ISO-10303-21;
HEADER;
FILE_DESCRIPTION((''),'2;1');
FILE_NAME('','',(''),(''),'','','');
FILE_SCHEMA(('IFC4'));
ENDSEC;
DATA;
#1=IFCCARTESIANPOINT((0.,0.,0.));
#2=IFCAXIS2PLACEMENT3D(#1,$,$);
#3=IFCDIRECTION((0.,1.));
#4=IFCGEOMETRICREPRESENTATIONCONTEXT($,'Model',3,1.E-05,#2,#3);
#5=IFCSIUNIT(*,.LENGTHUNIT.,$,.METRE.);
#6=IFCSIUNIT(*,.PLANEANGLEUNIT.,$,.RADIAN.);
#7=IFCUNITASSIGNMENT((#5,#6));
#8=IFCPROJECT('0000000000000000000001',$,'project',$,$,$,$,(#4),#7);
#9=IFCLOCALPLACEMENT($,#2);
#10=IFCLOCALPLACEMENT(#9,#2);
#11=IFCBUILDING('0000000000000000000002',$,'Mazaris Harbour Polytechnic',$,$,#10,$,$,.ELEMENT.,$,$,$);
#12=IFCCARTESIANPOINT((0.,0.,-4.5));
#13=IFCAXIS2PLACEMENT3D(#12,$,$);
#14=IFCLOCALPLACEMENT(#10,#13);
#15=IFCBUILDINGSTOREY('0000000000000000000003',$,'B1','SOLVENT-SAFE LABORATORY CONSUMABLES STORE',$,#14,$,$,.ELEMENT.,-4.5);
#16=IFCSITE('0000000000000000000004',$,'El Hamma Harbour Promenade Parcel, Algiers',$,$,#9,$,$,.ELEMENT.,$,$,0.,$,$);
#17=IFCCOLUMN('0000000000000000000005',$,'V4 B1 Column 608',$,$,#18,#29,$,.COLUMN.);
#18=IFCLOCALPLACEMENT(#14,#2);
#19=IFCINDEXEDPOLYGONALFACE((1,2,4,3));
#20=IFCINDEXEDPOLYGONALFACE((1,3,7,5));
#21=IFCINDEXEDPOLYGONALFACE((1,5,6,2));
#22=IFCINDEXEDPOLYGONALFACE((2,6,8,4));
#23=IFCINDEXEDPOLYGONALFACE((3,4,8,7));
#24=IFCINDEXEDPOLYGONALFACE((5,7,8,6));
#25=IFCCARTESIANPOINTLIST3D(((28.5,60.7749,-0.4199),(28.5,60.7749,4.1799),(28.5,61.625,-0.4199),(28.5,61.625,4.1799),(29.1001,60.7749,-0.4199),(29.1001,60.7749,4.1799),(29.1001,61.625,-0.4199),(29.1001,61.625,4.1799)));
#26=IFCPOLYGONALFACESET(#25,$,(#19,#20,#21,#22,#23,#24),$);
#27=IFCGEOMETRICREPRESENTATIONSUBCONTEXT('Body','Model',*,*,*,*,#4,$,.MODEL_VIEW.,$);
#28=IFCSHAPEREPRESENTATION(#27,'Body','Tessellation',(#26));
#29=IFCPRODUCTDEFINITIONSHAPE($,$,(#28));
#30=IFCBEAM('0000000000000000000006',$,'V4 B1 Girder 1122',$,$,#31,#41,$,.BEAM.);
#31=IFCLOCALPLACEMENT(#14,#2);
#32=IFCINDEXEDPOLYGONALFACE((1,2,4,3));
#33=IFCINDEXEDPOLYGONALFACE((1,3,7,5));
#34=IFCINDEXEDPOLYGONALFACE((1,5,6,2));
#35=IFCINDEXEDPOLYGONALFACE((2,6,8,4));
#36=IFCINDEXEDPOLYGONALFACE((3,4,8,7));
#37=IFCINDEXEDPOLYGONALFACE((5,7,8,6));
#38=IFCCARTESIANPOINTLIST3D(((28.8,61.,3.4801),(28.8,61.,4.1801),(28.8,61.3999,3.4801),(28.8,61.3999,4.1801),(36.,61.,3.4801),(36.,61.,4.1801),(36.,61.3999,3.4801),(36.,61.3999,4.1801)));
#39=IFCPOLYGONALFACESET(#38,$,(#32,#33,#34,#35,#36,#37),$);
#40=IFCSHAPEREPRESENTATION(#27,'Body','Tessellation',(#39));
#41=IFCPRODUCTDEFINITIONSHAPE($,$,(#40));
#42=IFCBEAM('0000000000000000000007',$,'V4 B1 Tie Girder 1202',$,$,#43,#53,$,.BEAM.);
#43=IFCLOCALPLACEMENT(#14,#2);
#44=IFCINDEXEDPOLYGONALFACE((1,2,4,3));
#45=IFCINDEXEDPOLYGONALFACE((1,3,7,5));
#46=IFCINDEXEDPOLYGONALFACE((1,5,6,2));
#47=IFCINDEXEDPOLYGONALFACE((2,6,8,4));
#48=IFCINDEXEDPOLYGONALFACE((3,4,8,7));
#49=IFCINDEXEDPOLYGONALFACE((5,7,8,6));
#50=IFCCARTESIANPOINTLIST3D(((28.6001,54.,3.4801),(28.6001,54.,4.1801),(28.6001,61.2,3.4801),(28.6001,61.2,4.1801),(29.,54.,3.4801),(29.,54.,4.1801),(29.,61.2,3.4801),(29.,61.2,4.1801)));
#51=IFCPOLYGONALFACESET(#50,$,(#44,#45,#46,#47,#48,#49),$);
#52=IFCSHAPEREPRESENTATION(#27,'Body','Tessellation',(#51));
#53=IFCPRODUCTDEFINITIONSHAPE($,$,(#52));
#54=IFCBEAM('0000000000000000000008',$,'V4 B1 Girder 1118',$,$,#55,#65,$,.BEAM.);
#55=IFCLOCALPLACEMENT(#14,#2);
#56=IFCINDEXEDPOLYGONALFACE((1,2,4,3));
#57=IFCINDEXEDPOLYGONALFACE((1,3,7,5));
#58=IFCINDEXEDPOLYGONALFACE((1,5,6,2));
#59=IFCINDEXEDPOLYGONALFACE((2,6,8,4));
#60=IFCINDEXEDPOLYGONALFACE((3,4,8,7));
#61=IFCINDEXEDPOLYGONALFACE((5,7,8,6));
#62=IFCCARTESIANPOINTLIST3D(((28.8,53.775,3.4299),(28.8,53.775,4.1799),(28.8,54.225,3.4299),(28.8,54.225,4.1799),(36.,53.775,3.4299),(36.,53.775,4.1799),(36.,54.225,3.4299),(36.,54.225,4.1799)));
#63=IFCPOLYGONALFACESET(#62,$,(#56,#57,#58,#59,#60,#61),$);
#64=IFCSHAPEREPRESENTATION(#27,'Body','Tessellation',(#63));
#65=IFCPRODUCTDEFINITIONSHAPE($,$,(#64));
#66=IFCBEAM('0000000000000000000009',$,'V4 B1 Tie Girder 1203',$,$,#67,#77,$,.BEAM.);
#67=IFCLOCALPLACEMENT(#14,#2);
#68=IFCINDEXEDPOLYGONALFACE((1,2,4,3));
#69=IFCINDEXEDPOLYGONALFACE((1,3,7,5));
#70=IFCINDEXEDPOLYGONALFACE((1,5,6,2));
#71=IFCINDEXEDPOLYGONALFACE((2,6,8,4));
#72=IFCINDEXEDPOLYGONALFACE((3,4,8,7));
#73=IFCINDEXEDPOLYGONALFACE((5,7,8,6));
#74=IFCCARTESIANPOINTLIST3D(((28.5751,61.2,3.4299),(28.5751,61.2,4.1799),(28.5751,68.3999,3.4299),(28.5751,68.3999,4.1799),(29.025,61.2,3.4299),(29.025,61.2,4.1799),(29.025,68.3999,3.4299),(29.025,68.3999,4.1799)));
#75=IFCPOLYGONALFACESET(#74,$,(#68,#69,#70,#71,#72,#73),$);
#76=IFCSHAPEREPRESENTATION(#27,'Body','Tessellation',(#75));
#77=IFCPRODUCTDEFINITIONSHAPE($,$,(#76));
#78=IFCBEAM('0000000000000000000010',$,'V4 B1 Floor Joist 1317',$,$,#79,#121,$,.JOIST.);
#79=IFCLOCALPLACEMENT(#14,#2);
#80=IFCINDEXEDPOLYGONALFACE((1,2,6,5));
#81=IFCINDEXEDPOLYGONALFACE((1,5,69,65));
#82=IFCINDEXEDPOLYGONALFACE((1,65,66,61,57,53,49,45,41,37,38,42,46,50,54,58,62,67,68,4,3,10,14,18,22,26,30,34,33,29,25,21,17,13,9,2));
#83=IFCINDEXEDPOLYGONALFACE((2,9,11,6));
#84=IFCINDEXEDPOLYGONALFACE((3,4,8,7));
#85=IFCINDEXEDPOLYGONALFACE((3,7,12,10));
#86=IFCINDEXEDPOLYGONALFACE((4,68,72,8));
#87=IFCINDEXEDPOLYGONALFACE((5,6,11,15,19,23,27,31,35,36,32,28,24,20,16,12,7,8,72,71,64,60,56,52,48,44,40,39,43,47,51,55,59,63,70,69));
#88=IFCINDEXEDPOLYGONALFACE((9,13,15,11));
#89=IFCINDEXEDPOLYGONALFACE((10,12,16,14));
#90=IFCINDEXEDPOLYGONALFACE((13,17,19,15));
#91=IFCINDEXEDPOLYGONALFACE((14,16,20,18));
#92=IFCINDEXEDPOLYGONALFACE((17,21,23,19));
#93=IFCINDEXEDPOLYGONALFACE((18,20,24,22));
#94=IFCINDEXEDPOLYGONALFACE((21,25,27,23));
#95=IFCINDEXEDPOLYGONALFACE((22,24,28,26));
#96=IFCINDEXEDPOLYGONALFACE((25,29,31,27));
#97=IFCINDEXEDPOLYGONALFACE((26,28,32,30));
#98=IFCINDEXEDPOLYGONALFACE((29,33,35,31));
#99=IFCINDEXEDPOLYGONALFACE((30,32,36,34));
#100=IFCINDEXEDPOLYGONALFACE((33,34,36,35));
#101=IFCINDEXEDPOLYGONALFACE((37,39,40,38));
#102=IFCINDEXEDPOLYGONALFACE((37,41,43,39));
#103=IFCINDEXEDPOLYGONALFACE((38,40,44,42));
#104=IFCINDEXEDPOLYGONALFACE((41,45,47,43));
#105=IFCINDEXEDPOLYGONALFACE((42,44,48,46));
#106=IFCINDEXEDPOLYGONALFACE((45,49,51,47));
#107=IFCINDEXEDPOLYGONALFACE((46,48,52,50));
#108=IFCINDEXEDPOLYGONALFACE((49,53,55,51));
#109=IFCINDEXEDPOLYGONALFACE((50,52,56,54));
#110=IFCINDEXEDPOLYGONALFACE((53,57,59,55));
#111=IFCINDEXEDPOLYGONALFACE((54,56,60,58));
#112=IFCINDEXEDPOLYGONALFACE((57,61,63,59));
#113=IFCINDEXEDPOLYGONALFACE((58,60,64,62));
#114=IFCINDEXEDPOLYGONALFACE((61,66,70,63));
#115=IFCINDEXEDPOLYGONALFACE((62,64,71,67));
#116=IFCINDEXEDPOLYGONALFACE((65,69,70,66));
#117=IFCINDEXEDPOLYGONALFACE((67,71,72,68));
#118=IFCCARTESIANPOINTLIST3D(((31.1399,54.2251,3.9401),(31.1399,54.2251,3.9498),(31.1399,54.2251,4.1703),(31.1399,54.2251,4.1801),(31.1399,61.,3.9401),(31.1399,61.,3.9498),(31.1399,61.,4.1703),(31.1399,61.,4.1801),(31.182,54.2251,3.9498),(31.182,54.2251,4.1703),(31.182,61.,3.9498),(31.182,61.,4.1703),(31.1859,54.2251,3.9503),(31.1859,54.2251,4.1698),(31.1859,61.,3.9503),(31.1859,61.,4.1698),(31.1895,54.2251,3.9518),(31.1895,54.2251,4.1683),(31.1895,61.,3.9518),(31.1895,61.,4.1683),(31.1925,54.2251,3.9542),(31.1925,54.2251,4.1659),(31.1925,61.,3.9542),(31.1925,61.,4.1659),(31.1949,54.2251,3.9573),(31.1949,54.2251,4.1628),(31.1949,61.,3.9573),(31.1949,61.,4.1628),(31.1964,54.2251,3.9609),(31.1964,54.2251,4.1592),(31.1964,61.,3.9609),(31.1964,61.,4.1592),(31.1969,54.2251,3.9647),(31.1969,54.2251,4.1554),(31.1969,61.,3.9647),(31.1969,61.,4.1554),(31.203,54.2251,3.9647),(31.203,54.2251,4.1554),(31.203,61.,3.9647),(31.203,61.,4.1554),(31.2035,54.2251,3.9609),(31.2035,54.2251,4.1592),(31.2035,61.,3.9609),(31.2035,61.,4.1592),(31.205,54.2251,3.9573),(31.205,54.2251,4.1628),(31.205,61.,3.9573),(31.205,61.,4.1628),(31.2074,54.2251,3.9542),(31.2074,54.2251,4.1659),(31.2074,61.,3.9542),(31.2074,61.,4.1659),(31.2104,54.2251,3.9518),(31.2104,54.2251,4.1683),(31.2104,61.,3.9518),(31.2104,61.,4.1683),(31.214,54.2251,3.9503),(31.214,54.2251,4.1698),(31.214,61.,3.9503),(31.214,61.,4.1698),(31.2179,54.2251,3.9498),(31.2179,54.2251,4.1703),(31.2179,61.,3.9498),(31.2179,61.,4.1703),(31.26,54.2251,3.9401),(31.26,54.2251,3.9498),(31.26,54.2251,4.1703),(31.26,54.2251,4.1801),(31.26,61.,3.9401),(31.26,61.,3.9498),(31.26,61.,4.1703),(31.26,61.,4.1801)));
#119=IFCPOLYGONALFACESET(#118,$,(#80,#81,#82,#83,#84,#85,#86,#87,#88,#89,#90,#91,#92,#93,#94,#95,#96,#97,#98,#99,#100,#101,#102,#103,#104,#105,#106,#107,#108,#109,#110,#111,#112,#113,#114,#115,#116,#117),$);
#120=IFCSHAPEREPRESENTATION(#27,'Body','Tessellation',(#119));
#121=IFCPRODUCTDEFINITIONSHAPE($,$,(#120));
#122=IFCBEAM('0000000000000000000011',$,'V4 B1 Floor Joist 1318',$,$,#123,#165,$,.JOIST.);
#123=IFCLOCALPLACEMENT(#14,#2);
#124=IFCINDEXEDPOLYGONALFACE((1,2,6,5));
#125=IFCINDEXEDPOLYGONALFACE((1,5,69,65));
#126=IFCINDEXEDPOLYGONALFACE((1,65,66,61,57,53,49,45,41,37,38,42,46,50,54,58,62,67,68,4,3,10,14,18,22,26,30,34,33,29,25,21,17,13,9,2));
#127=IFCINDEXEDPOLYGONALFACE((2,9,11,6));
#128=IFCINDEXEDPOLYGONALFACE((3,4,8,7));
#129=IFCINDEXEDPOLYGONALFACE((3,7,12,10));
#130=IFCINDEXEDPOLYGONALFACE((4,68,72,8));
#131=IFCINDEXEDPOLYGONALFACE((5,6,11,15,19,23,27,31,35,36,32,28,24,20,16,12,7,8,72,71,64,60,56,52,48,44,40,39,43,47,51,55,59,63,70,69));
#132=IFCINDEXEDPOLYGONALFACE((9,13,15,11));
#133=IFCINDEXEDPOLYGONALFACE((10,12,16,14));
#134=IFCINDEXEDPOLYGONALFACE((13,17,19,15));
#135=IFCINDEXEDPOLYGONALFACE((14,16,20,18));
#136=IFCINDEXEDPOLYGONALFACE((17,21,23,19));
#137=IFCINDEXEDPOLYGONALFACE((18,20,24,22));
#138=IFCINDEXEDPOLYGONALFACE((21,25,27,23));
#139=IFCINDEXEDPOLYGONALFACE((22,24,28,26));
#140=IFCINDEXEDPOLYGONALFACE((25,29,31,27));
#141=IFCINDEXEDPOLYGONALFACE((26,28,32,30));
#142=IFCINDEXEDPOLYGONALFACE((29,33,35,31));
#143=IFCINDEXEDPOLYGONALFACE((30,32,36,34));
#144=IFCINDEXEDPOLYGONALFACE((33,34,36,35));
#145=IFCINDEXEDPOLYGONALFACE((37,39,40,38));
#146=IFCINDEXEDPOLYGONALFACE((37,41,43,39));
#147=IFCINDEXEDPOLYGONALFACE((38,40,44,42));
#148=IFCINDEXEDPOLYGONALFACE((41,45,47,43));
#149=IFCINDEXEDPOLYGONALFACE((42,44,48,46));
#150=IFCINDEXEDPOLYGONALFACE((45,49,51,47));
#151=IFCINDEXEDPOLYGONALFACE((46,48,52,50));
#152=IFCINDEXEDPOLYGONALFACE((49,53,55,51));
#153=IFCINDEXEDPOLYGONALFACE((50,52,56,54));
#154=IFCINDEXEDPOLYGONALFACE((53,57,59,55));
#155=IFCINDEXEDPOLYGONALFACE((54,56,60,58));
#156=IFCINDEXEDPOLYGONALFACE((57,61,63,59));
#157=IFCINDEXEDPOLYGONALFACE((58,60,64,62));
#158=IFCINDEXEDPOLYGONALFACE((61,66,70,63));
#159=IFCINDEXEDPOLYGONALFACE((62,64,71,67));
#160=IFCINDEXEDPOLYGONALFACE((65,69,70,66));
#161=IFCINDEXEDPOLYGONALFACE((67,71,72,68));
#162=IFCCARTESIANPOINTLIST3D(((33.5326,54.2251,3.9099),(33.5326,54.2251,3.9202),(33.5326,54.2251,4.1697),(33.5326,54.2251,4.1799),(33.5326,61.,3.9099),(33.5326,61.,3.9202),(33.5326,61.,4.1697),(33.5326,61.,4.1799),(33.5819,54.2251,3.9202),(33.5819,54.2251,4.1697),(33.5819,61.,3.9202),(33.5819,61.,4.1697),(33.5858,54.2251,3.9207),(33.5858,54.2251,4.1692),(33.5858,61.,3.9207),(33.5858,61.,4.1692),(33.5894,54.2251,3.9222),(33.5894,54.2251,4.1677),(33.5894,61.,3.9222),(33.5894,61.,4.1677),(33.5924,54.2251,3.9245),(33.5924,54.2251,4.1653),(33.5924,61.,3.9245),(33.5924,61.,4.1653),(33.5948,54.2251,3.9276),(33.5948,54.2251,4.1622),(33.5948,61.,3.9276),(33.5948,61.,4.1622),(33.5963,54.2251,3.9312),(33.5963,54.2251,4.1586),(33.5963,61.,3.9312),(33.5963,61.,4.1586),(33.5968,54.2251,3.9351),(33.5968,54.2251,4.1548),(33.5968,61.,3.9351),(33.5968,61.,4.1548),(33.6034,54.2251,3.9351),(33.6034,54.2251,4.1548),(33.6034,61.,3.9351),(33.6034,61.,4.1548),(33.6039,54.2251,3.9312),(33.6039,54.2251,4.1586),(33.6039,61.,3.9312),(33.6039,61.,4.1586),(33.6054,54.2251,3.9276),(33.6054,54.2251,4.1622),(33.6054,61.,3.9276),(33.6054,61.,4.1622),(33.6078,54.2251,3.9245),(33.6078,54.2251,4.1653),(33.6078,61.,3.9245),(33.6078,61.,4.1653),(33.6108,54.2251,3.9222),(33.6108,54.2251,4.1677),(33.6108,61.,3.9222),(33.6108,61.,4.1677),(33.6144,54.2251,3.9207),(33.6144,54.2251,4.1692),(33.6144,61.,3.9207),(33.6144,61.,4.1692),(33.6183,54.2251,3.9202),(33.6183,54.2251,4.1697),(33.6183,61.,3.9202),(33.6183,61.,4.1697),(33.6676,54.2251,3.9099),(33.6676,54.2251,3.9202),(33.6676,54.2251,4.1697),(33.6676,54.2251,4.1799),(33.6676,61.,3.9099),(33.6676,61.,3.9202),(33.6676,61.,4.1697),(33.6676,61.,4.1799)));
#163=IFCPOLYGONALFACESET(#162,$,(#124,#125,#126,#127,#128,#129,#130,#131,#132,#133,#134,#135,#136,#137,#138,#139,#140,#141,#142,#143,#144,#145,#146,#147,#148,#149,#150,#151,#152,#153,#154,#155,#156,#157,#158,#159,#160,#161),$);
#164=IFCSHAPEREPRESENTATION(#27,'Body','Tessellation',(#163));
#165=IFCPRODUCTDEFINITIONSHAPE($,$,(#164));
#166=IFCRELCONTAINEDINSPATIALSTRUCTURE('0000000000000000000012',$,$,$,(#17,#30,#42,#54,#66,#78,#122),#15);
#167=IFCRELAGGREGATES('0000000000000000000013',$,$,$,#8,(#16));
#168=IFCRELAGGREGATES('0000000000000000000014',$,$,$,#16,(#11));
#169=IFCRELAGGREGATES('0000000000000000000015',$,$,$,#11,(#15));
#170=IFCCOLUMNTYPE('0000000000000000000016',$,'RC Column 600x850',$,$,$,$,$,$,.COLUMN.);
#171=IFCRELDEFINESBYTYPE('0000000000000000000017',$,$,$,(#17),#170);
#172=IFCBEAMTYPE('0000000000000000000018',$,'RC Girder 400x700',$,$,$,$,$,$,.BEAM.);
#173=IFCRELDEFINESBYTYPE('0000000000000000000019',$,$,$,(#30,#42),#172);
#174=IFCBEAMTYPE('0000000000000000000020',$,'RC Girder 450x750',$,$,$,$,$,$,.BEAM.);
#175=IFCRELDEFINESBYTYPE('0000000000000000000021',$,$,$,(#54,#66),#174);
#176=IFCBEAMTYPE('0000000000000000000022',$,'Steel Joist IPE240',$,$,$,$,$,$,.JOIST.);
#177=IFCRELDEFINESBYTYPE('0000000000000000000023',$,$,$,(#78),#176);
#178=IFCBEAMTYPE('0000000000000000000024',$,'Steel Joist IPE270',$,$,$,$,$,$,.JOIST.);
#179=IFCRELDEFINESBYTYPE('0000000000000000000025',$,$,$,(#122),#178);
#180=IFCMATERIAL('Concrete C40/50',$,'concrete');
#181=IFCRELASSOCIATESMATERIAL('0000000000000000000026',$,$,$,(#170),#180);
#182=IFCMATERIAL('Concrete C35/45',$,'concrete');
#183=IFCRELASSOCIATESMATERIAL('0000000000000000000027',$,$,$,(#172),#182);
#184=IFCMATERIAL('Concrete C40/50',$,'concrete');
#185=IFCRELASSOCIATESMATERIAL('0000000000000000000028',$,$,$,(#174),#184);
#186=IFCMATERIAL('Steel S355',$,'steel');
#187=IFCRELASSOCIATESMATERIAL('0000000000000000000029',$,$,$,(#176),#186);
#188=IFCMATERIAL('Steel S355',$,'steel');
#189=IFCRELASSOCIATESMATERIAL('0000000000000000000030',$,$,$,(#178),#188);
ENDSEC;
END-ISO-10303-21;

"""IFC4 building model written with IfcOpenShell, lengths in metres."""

from ifc_helpers import new_model, si_unit, direction, frame, origin, origin_2d, place, context, subcontext, project, spatial, rectangle, i_section, extrude, material, material_profile, profile_set, type_object, element, save


model = new_model("IFC4")

# Units and contexts
model_context = context("Model", 3, precision=1e-05, world=origin(), true_north=direction((0.0, 1.0)))
body_context = subcontext(model_context, "Body", "Model", "MODEL_VIEW")
ifc_project = project(units=[si_unit("LENGTHUNIT", "METRE"), si_unit("PLANEANGLEUNIT", "RADIAN")], contexts=[model_context])

# Site, building, storey
site_placement = place(None, origin())
site = spatial("IfcSite", under=ifc_project, at=site_placement, Name="El Hamma Harbour Promenade Parcel, Algiers", CompositionType="ELEMENT", RefElevation=0.0)
building_placement = place(site_placement, origin())
building = spatial("IfcBuilding", under=site, at=building_placement, Name="Mazaris Harbour Polytechnic", CompositionType="ELEMENT")
storey_placement = place(building_placement, frame((0.0, 0.0, -4.5)))
storey = spatial("IfcBuildingStorey", under=building, at=storey_placement, Name="B1", Description="SOLVENT-SAFE LABORATORY CONSUMABLES STORE", CompositionType="ELEMENT", Elevation=-4.5)

# Column
ifc_material_1 = material(Name="Concrete C40/50", Category="concrete")
ifc_material_profile_1 = material_profile(ifc_material_1, rectangle(XDim=0.6001, YDim=0.8501, at=origin_2d()), Name="RECT600x850")
ifc_profile_set_1 = profile_set([ifc_material_profile_1], Name="Concrete C40/50")
column_type_1 = type_object("IfcColumnType", Name="RC Column 600x850", PredefinedType="COLUMN", material=ifc_profile_set_1)
column_1_placement = place(storey_placement, frame((28.8, 61.2, -0.4199), z_axis=(0.0, 0.0, 1.0), x_axis=(1.0, 0.0, 0.0)))
element("IfcColumn", 1, at=column_1_placement, inside=storey, type_object=column_type_1, Name="V4 B1 Column 608", PredefinedType="COLUMN", context=body_context, shape_type="SweptSolid", body=[
    extrude(rectangle(XDim=0.6001, YDim=0.8501, at=origin_2d()), origin(), (0.0, 0.0, 1.0), 4.5999),
])

# Beams
ifc_material_2 = material(Name="Concrete C35/45", Category="concrete")
ifc_material_profile_2 = material_profile(ifc_material_2, rectangle(XDim=0.3999, YDim=0.7, at=origin_2d()), Name="RECT400x700")
ifc_profile_set_2 = profile_set([ifc_material_profile_2], Name="Concrete C35/45")
beam_type_1 = type_object("IfcBeamType", Name="RC Girder 400x700", PredefinedType="BEAM", material=ifc_profile_set_2)
for number, where, z_axis, x_axis, name in (
    (2, (28.8, 61.2, 3.8301), (1.0, 0.0, 0.0), (0.0, 1.0, 0.0), "V4 B1 Girder 1122"),
    (3, (28.8, 54.0, 3.8301), (0.0, 1.0, 0.0), (-1.0, 0.0, 0.0), "V4 B1 Tie Girder 1202"),
):
    element("IfcBeam", number, at=place(storey_placement, frame(where, z_axis=z_axis, x_axis=x_axis)), inside=storey, type_object=beam_type_1, Name=name, PredefinedType="BEAM", context=body_context, shape_type="SweptSolid", body=[
        extrude(rectangle(XDim=0.3999, YDim=0.7, at=origin_2d()), origin(), (0.0, 0.0, 1.0), 7.2),
    ])
ifc_material_3 = material(Name="Concrete C40/50", Category="concrete")
ifc_material_profile_3 = material_profile(ifc_material_3, rectangle(XDim=0.45, YDim=0.75, at=origin_2d()), Name="RECT450x750")
ifc_profile_set_3 = profile_set([ifc_material_profile_3], Name="Concrete C40/50")
beam_type_2 = type_object("IfcBeamType", Name="RC Girder 450x750", PredefinedType="BEAM", material=ifc_profile_set_3)
for number, where, z_axis, x_axis, name in (
    (4, (28.8, 54.0, 3.8049), (1.0, 0.0, 0.0), (0.0, 1.0, 0.0), "V4 B1 Girder 1118"),
    (5, (28.8, 61.2, 3.8049), (0.0, 1.0, 0.0), (-1.0, 0.0, 0.0), "V4 B1 Tie Girder 1203"),
):
    element("IfcBeam", number, at=place(storey_placement, frame(where, z_axis=z_axis, x_axis=x_axis)), inside=storey, type_object=beam_type_2, Name=name, PredefinedType="BEAM", context=body_context, shape_type="SweptSolid", body=[
        extrude(rectangle(XDim=0.45, YDim=0.75, at=origin_2d()), origin(), (0.0, 0.0, 1.0), 7.2),
    ])
ifc_material_4 = material(Name="Steel S355", Category="steel")
ifc_material_profile_4 = material_profile(ifc_material_4, i_section(OverallWidth=0.1201, OverallDepth=0.24, WebThickness=0.0061, FlangeThickness=0.0098, FilletRadius=0.0149, at=origin_2d()), Name="IPE 240")
ifc_profile_set_4 = profile_set([ifc_material_profile_4], Name="Steel S355")
beam_type_3 = type_object("IfcBeamType", Name="Steel Joist IPE240", PredefinedType="JOIST", material=ifc_profile_set_4)
beam_1_placement = place(storey_placement, frame((31.2, 54.2251, 4.0601), z_axis=(0.0, 1.0, 0.0), x_axis=(-1.0, 0.0, 0.0)))
element("IfcBeam", 6, at=beam_1_placement, inside=storey, type_object=beam_type_3, Name="V4 B1 Floor Joist 1317", PredefinedType="JOIST", context=body_context, shape_type="SweptSolid", body=[
    extrude(i_section(OverallWidth=0.1201, OverallDepth=0.24, WebThickness=0.0061, FlangeThickness=0.0098, FilletRadius=0.0149, at=origin_2d()), origin(), (0.0, 0.0, 1.0), 6.7749),
])
ifc_material_5 = material(Name="Steel S355", Category="steel")
ifc_material_profile_5 = material_profile(ifc_material_5, i_section(OverallWidth=0.135, OverallDepth=0.27, WebThickness=0.0066, FlangeThickness=0.0103, FilletRadius=0.0149, at=origin_2d()), Name="IPE 270")
ifc_profile_set_5 = profile_set([ifc_material_profile_5], Name="Steel S355")
beam_type_4 = type_object("IfcBeamType", Name="Steel Joist IPE270", PredefinedType="JOIST", material=ifc_profile_set_5)
beam_2_placement = place(storey_placement, frame((33.6001, 54.2251, 4.0449), z_axis=(0.0, 1.0, 0.0), x_axis=(-1.0, 0.0, 0.0)))
element("IfcBeam", 7, at=beam_2_placement, inside=storey, type_object=beam_type_4, Name="V4 B1 Floor Joist 1318", PredefinedType="JOIST", context=body_context, shape_type="SweptSolid", body=[
    extrude(i_section(OverallWidth=0.135, OverallDepth=0.27, WebThickness=0.0066, FlangeThickness=0.0103, FilletRadius=0.0149, at=origin_2d()), origin(), (0.0, 0.0, 1.0), 6.7749),
])

save(model, "model.ifc")
